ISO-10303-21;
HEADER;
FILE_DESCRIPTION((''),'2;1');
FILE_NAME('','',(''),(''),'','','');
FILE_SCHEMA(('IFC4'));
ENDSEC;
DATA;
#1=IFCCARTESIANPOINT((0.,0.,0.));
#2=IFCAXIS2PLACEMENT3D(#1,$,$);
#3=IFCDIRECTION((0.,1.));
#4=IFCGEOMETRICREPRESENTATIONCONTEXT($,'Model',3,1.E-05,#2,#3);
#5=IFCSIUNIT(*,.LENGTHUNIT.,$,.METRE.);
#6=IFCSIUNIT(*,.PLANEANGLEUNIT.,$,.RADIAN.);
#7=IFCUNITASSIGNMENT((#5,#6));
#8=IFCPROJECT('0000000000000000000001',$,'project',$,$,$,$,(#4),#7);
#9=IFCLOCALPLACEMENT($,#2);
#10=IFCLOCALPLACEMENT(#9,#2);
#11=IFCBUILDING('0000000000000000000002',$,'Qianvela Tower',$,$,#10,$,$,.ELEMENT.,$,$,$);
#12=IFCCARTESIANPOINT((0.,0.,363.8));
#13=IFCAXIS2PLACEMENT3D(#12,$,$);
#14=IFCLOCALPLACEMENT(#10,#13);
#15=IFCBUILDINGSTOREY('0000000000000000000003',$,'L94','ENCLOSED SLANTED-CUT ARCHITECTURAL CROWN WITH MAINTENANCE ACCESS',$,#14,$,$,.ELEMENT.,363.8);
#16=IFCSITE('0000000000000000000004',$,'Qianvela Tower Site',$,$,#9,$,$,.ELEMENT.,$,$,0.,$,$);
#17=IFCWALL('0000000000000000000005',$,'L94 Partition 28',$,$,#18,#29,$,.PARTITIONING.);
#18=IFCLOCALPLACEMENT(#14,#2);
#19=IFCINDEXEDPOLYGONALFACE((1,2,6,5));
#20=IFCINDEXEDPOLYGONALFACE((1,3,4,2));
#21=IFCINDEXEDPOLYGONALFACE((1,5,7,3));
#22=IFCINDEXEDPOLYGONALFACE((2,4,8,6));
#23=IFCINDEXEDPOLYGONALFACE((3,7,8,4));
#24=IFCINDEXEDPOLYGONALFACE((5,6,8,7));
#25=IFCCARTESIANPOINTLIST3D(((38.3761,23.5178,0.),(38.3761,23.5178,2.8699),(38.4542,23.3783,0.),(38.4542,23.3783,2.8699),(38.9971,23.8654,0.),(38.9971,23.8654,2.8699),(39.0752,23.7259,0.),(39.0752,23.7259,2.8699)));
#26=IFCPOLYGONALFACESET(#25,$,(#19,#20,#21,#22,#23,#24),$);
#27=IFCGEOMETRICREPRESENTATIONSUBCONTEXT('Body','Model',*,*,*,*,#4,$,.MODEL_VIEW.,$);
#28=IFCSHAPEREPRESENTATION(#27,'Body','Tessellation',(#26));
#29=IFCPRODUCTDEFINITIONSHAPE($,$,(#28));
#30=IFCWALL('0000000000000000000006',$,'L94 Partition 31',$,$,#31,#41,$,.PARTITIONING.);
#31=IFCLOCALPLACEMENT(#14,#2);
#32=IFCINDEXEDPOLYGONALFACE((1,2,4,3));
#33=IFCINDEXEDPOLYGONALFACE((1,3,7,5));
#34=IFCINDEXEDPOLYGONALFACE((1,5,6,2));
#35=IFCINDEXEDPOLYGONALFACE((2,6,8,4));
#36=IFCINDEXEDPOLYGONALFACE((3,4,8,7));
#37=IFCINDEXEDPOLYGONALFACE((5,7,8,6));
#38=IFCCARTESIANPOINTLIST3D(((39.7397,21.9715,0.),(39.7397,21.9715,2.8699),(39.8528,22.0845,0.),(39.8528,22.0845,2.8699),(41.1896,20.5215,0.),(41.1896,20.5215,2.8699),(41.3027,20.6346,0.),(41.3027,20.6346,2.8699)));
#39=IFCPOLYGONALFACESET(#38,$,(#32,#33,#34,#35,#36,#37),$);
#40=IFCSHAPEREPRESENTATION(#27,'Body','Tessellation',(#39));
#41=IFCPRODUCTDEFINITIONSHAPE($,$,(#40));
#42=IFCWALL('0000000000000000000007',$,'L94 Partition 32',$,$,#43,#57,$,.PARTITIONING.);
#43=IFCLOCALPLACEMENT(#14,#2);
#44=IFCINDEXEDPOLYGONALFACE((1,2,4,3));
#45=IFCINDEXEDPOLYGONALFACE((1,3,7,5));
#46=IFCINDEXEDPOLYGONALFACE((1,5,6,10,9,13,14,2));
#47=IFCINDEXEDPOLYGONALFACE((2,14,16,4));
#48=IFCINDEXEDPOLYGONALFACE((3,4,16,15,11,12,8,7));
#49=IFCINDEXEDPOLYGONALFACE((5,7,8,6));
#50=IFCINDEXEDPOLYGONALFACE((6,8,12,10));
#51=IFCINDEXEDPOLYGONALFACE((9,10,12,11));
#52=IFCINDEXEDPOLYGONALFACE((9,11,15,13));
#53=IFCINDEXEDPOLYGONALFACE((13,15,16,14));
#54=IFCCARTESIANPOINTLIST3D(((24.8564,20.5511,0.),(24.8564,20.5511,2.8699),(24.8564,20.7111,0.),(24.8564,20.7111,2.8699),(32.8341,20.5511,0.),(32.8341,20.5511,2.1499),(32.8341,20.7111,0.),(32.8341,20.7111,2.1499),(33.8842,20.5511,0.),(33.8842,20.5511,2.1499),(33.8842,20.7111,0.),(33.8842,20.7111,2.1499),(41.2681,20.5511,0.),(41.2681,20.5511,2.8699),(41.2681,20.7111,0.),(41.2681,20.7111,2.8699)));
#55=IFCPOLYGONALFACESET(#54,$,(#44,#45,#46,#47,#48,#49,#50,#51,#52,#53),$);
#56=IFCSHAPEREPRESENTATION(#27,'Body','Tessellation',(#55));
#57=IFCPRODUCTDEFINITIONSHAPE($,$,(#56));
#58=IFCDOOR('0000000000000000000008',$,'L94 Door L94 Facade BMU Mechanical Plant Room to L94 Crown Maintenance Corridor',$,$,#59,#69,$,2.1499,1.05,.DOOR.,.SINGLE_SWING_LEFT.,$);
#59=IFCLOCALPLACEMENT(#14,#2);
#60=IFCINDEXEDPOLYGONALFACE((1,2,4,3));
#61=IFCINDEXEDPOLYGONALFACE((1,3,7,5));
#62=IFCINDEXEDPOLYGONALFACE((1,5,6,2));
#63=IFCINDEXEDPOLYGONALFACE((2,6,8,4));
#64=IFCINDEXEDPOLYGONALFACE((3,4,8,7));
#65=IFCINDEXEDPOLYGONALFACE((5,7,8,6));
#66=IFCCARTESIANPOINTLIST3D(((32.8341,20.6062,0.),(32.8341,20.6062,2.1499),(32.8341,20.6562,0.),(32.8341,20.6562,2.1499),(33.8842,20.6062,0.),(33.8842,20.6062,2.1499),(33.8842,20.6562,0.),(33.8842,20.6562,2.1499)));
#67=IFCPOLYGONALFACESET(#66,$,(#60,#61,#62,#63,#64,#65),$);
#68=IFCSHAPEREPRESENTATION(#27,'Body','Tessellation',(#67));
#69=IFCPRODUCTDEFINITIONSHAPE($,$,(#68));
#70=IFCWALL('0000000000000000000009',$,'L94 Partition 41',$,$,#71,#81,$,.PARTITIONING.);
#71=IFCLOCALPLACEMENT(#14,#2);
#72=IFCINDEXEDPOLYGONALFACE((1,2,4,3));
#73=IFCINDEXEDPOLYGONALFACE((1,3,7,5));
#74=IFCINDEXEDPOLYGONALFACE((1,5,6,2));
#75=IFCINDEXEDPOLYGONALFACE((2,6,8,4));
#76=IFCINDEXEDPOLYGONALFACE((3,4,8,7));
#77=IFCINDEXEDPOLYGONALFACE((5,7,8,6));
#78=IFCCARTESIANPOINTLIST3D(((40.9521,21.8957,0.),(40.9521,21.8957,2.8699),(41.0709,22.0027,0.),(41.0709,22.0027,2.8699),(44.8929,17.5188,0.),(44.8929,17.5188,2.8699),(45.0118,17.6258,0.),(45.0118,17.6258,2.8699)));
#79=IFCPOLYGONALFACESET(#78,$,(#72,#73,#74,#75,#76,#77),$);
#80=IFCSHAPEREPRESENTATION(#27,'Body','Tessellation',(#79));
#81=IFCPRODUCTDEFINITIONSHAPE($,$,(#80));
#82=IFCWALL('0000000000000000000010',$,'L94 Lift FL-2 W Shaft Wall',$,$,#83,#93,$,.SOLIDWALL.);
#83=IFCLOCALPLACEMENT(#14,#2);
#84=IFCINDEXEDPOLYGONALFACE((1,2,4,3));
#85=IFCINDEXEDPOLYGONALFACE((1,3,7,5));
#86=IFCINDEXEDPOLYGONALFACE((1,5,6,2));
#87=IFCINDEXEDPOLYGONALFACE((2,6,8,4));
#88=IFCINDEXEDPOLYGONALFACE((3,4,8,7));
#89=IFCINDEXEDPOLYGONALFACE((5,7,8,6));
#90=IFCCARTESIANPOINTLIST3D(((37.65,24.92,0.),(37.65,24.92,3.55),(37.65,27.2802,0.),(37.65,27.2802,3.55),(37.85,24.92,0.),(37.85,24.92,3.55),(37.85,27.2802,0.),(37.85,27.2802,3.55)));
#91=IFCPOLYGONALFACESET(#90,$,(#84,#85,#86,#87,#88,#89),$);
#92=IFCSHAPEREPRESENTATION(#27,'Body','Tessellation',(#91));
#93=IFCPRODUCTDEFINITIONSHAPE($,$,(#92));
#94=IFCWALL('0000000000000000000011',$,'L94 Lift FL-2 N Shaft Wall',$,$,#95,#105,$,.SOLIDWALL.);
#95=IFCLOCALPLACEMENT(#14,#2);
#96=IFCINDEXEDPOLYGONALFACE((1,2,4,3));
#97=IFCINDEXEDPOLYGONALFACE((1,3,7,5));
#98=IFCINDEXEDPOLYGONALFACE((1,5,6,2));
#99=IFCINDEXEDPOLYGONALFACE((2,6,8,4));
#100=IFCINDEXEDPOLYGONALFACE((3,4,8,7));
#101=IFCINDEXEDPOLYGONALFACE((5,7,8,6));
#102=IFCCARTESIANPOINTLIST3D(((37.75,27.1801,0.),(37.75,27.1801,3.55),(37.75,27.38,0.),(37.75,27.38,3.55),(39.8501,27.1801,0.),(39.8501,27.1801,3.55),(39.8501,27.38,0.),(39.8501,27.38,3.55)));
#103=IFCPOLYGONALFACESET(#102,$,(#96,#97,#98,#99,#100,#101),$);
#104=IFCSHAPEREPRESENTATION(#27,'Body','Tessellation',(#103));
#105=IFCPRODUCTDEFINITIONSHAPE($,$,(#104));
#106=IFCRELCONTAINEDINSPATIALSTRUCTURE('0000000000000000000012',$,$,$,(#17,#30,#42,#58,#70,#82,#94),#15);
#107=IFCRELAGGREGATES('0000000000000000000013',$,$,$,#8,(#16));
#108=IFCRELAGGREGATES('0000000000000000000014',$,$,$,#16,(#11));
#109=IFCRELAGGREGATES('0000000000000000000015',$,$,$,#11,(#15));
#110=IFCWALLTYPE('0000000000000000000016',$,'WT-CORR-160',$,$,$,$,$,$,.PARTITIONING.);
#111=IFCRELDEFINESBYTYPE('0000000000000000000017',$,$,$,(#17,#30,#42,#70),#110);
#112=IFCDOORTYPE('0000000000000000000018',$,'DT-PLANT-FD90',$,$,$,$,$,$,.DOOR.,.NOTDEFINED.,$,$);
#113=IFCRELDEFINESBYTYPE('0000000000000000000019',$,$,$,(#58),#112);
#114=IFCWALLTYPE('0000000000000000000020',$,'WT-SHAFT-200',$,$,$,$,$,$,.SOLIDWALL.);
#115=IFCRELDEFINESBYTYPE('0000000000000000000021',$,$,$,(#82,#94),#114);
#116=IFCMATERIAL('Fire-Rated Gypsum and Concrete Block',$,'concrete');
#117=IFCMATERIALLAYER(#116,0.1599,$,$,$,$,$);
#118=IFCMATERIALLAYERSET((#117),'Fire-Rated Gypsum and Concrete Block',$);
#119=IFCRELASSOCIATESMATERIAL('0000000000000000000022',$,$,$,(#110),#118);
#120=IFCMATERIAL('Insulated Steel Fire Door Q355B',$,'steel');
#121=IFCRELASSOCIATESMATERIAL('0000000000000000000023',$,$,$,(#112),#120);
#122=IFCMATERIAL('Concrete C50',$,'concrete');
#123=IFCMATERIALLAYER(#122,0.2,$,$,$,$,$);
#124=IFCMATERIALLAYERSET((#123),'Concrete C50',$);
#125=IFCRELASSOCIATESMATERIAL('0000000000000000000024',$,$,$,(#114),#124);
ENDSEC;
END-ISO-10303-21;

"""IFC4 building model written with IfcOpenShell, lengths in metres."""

from ifc_helpers import new_model, si_unit, direction, frame, frame_2d, origin, place, context, subcontext, project, spatial, rectangle, extrude, material, layer, layer_set, type_object, element, fill, save


model = new_model("IFC4")

# Units and contexts
model_context = context("Model", 3, precision=1e-05, world=origin(), true_north=direction((0.0, 1.0)))
body_context = subcontext(model_context, "Body", "Model", "MODEL_VIEW")
ifc_project = project(units=[si_unit("LENGTHUNIT", "METRE"), si_unit("PLANEANGLEUNIT", "RADIAN")], contexts=[model_context])

# Site, building, storey
site_placement = place(None, origin())
site = spatial("IfcSite", under=ifc_project, at=site_placement, Name="Qianvela Tower Site", CompositionType="ELEMENT", RefElevation=0.0)
building_placement = place(site_placement, origin())
building = spatial("IfcBuilding", under=site, at=building_placement, Name="Qianvela Tower", CompositionType="ELEMENT")
storey_placement = place(building_placement, frame((0.0, 0.0, 363.8)))
storey = spatial("IfcBuildingStorey", under=building, at=storey_placement, Name="L94", Description="ENCLOSED SLANTED-CUT ARCHITECTURAL CROWN WITH MAINTENANCE ACCESS", CompositionType="ELEMENT", Elevation=363.8)

# Shared definitions
ifc_material_1 = material(Name="Fire-Rated Gypsum and Concrete Block", Category="concrete")
ifc_layer_1 = layer(ifc_material_1, 0.1599)
ifc_layer_set_1 = layer_set([ifc_layer_1], Name="Fire-Rated Gypsum and Concrete Block")
wall_type_1 = type_object("IfcWallType", Name="WT-CORR-160", PredefinedType="PARTITIONING", material=ifc_layer_set_1)

# Walls
wall_1_placement = place(storey_placement, frame((38.415, 23.448, 0.0), z_axis=(0.0, 0.0, 1.0), x_axis=(0.8726, 0.488436, 0.0)))
element("IfcWall", 1, at=wall_1_placement, inside=storey, type_object=wall_type_1, Name="L94 Partition 28", PredefinedType="PARTITIONING", context=body_context, shape_type="SweptSolid", body=[
    extrude(rectangle(XDim=0.7117, YDim=0.1599, at=frame_2d((0.356, 0.0))), origin(), (0.0, 0.0, 1.0), 2.8699),
])
wall_2_placement = place(storey_placement, frame((39.7961, 22.0281, 0.0), z_axis=(0.0, 0.0, 1.0), x_axis=(0.707107, -0.707107, 0.0)))
element("IfcWall", 2, at=wall_2_placement, inside=storey, type_object=wall_type_1, Name="L94 Partition 31", PredefinedType="PARTITIONING", context=body_context, shape_type="SweptSolid", body=[
    extrude(rectangle(XDim=2.0505, YDim=0.1599, at=frame_2d((1.0254, 0.0))), origin(), (0.0, 0.0, 1.0), 2.8699),
])

# Wall, opening, door
wall_3_placement = place(storey_placement, frame((41.2681, 20.6311, 0.0), z_axis=(0.0, 0.0, 1.0), x_axis=(-1.0, 0.0, 0.0)))
wall_3 = element("IfcWall", 3, at=wall_3_placement, inside=storey, type_object=wall_type_1, Name="L94 Partition 32", PredefinedType="PARTITIONING", context=body_context, shape_type="SweptSolid", body=[
    extrude(rectangle(XDim=16.4116, YDim=0.1599, at=frame_2d((8.2058, 0.0))), origin(), (0.0, 0.0, 1.0), 2.8699),
])
opening_1_placement = place(wall_3_placement, frame((7.384, 0.0, 0.0)))
opening_1 = element("IfcOpeningElement", 4, at=opening_1_placement, cuts=wall_3, PredefinedType="OPENING", context=body_context, shape_type="SweptSolid", body=[
    extrude(rectangle(XDim=1.05, YDim=2.1499, at=frame_2d((0.5249, 1.075))), frame((0.0, 0.0898, 0.0), z_axis=(0.0, -1.0, 0.0), x_axis=(1.0, 0.0, 0.0)), (0.0, 0.0, 1.0), 0.1799),
])
ifc_material_2 = material(Name="Insulated Steel Fire Door Q355B", Category="steel")
door_type_1 = type_object("IfcDoorType", Name="DT-PLANT-FD90", OperationType="NOTDEFINED", PredefinedType="DOOR", material=ifc_material_2)
door_1_placement = place(opening_1_placement, origin())
door_1 = element("IfcDoor", 5, at=door_1_placement, inside=storey, type_object=door_type_1, Name="L94 Door L94 Facade BMU Mechanical Plant Room to L94 Crown Maintenance Corridor", OperationType="SINGLE_SWING_LEFT", OverallHeight=2.1499, OverallWidth=1.05, PredefinedType="DOOR", context=body_context, shape_type="SweptSolid", body=[
    extrude(rectangle(XDim=1.05, YDim=2.1499, at=frame_2d((0.5249, 1.075))), frame((0.0, 0.0249, 0.0), z_axis=(0.0, -1.0, 0.0), x_axis=(1.0, 0.0, 0.0)), (0.0, 0.0, 1.0), 0.05),
])
fill(opening_1, door_1)

# Wall
wall_4_placement = place(storey_placement, frame((41.0115, 21.9492, 0.0), z_axis=(0.0, 0.0, 1.0), x_axis=(0.66912, -0.743154, 0.0)))
element("IfcWall", 6, at=wall_4_placement, inside=storey, type_object=wall_type_1, Name="L94 Partition 41", PredefinedType="PARTITIONING", context=body_context, shape_type="SweptSolid", body=[
    extrude(rectangle(XDim=5.8896, YDim=0.1599, at=frame_2d((2.9448, 0.0))), origin(), (0.0, 0.0, 1.0), 2.8699),
])

# Shared definitions
ifc_material_3 = material(Name="Concrete C50", Category="concrete")
ifc_layer_2 = layer(ifc_material_3, 0.2)
ifc_layer_set_2 = layer_set([ifc_layer_2], Name="Concrete C50")
wall_type_2 = type_object("IfcWallType", Name="WT-SHAFT-200", PredefinedType="SOLIDWALL", material=ifc_layer_set_2)

# Walls
wall_5_placement = place(storey_placement, frame((37.75, 24.9199, 0.0), z_axis=(0.0, 0.0, 1.0), x_axis=(0.0, 1.0, 0.0)))
element("IfcWall", 7, at=wall_5_placement, inside=storey, type_object=wall_type_2, Name="L94 Lift FL-2 W Shaft Wall", PredefinedType="SOLIDWALL", context=body_context, shape_type="SweptSolid", body=[
    extrude(rectangle(XDim=2.3601, YDim=0.2, at=frame_2d((1.1802, 0.0))), origin(), (0.0, 0.0, 1.0), 3.55),
])
wall_6_placement = place(storey_placement, frame((37.75, 27.28, 0.0), z_axis=(0.0, 0.0, 1.0), x_axis=(1.0, 0.0, 0.0)))
element("IfcWall", 8, at=wall_6_placement, inside=storey, type_object=wall_type_2, Name="L94 Lift FL-2 N Shaft Wall", PredefinedType="SOLIDWALL", context=body_context, shape_type="SweptSolid", body=[
    extrude(rectangle(XDim=2.1001, YDim=0.2, at=frame_2d((1.05, 0.0))), origin(), (0.0, 0.0, 1.0), 3.55),
])

save(model, "model.ifc")
